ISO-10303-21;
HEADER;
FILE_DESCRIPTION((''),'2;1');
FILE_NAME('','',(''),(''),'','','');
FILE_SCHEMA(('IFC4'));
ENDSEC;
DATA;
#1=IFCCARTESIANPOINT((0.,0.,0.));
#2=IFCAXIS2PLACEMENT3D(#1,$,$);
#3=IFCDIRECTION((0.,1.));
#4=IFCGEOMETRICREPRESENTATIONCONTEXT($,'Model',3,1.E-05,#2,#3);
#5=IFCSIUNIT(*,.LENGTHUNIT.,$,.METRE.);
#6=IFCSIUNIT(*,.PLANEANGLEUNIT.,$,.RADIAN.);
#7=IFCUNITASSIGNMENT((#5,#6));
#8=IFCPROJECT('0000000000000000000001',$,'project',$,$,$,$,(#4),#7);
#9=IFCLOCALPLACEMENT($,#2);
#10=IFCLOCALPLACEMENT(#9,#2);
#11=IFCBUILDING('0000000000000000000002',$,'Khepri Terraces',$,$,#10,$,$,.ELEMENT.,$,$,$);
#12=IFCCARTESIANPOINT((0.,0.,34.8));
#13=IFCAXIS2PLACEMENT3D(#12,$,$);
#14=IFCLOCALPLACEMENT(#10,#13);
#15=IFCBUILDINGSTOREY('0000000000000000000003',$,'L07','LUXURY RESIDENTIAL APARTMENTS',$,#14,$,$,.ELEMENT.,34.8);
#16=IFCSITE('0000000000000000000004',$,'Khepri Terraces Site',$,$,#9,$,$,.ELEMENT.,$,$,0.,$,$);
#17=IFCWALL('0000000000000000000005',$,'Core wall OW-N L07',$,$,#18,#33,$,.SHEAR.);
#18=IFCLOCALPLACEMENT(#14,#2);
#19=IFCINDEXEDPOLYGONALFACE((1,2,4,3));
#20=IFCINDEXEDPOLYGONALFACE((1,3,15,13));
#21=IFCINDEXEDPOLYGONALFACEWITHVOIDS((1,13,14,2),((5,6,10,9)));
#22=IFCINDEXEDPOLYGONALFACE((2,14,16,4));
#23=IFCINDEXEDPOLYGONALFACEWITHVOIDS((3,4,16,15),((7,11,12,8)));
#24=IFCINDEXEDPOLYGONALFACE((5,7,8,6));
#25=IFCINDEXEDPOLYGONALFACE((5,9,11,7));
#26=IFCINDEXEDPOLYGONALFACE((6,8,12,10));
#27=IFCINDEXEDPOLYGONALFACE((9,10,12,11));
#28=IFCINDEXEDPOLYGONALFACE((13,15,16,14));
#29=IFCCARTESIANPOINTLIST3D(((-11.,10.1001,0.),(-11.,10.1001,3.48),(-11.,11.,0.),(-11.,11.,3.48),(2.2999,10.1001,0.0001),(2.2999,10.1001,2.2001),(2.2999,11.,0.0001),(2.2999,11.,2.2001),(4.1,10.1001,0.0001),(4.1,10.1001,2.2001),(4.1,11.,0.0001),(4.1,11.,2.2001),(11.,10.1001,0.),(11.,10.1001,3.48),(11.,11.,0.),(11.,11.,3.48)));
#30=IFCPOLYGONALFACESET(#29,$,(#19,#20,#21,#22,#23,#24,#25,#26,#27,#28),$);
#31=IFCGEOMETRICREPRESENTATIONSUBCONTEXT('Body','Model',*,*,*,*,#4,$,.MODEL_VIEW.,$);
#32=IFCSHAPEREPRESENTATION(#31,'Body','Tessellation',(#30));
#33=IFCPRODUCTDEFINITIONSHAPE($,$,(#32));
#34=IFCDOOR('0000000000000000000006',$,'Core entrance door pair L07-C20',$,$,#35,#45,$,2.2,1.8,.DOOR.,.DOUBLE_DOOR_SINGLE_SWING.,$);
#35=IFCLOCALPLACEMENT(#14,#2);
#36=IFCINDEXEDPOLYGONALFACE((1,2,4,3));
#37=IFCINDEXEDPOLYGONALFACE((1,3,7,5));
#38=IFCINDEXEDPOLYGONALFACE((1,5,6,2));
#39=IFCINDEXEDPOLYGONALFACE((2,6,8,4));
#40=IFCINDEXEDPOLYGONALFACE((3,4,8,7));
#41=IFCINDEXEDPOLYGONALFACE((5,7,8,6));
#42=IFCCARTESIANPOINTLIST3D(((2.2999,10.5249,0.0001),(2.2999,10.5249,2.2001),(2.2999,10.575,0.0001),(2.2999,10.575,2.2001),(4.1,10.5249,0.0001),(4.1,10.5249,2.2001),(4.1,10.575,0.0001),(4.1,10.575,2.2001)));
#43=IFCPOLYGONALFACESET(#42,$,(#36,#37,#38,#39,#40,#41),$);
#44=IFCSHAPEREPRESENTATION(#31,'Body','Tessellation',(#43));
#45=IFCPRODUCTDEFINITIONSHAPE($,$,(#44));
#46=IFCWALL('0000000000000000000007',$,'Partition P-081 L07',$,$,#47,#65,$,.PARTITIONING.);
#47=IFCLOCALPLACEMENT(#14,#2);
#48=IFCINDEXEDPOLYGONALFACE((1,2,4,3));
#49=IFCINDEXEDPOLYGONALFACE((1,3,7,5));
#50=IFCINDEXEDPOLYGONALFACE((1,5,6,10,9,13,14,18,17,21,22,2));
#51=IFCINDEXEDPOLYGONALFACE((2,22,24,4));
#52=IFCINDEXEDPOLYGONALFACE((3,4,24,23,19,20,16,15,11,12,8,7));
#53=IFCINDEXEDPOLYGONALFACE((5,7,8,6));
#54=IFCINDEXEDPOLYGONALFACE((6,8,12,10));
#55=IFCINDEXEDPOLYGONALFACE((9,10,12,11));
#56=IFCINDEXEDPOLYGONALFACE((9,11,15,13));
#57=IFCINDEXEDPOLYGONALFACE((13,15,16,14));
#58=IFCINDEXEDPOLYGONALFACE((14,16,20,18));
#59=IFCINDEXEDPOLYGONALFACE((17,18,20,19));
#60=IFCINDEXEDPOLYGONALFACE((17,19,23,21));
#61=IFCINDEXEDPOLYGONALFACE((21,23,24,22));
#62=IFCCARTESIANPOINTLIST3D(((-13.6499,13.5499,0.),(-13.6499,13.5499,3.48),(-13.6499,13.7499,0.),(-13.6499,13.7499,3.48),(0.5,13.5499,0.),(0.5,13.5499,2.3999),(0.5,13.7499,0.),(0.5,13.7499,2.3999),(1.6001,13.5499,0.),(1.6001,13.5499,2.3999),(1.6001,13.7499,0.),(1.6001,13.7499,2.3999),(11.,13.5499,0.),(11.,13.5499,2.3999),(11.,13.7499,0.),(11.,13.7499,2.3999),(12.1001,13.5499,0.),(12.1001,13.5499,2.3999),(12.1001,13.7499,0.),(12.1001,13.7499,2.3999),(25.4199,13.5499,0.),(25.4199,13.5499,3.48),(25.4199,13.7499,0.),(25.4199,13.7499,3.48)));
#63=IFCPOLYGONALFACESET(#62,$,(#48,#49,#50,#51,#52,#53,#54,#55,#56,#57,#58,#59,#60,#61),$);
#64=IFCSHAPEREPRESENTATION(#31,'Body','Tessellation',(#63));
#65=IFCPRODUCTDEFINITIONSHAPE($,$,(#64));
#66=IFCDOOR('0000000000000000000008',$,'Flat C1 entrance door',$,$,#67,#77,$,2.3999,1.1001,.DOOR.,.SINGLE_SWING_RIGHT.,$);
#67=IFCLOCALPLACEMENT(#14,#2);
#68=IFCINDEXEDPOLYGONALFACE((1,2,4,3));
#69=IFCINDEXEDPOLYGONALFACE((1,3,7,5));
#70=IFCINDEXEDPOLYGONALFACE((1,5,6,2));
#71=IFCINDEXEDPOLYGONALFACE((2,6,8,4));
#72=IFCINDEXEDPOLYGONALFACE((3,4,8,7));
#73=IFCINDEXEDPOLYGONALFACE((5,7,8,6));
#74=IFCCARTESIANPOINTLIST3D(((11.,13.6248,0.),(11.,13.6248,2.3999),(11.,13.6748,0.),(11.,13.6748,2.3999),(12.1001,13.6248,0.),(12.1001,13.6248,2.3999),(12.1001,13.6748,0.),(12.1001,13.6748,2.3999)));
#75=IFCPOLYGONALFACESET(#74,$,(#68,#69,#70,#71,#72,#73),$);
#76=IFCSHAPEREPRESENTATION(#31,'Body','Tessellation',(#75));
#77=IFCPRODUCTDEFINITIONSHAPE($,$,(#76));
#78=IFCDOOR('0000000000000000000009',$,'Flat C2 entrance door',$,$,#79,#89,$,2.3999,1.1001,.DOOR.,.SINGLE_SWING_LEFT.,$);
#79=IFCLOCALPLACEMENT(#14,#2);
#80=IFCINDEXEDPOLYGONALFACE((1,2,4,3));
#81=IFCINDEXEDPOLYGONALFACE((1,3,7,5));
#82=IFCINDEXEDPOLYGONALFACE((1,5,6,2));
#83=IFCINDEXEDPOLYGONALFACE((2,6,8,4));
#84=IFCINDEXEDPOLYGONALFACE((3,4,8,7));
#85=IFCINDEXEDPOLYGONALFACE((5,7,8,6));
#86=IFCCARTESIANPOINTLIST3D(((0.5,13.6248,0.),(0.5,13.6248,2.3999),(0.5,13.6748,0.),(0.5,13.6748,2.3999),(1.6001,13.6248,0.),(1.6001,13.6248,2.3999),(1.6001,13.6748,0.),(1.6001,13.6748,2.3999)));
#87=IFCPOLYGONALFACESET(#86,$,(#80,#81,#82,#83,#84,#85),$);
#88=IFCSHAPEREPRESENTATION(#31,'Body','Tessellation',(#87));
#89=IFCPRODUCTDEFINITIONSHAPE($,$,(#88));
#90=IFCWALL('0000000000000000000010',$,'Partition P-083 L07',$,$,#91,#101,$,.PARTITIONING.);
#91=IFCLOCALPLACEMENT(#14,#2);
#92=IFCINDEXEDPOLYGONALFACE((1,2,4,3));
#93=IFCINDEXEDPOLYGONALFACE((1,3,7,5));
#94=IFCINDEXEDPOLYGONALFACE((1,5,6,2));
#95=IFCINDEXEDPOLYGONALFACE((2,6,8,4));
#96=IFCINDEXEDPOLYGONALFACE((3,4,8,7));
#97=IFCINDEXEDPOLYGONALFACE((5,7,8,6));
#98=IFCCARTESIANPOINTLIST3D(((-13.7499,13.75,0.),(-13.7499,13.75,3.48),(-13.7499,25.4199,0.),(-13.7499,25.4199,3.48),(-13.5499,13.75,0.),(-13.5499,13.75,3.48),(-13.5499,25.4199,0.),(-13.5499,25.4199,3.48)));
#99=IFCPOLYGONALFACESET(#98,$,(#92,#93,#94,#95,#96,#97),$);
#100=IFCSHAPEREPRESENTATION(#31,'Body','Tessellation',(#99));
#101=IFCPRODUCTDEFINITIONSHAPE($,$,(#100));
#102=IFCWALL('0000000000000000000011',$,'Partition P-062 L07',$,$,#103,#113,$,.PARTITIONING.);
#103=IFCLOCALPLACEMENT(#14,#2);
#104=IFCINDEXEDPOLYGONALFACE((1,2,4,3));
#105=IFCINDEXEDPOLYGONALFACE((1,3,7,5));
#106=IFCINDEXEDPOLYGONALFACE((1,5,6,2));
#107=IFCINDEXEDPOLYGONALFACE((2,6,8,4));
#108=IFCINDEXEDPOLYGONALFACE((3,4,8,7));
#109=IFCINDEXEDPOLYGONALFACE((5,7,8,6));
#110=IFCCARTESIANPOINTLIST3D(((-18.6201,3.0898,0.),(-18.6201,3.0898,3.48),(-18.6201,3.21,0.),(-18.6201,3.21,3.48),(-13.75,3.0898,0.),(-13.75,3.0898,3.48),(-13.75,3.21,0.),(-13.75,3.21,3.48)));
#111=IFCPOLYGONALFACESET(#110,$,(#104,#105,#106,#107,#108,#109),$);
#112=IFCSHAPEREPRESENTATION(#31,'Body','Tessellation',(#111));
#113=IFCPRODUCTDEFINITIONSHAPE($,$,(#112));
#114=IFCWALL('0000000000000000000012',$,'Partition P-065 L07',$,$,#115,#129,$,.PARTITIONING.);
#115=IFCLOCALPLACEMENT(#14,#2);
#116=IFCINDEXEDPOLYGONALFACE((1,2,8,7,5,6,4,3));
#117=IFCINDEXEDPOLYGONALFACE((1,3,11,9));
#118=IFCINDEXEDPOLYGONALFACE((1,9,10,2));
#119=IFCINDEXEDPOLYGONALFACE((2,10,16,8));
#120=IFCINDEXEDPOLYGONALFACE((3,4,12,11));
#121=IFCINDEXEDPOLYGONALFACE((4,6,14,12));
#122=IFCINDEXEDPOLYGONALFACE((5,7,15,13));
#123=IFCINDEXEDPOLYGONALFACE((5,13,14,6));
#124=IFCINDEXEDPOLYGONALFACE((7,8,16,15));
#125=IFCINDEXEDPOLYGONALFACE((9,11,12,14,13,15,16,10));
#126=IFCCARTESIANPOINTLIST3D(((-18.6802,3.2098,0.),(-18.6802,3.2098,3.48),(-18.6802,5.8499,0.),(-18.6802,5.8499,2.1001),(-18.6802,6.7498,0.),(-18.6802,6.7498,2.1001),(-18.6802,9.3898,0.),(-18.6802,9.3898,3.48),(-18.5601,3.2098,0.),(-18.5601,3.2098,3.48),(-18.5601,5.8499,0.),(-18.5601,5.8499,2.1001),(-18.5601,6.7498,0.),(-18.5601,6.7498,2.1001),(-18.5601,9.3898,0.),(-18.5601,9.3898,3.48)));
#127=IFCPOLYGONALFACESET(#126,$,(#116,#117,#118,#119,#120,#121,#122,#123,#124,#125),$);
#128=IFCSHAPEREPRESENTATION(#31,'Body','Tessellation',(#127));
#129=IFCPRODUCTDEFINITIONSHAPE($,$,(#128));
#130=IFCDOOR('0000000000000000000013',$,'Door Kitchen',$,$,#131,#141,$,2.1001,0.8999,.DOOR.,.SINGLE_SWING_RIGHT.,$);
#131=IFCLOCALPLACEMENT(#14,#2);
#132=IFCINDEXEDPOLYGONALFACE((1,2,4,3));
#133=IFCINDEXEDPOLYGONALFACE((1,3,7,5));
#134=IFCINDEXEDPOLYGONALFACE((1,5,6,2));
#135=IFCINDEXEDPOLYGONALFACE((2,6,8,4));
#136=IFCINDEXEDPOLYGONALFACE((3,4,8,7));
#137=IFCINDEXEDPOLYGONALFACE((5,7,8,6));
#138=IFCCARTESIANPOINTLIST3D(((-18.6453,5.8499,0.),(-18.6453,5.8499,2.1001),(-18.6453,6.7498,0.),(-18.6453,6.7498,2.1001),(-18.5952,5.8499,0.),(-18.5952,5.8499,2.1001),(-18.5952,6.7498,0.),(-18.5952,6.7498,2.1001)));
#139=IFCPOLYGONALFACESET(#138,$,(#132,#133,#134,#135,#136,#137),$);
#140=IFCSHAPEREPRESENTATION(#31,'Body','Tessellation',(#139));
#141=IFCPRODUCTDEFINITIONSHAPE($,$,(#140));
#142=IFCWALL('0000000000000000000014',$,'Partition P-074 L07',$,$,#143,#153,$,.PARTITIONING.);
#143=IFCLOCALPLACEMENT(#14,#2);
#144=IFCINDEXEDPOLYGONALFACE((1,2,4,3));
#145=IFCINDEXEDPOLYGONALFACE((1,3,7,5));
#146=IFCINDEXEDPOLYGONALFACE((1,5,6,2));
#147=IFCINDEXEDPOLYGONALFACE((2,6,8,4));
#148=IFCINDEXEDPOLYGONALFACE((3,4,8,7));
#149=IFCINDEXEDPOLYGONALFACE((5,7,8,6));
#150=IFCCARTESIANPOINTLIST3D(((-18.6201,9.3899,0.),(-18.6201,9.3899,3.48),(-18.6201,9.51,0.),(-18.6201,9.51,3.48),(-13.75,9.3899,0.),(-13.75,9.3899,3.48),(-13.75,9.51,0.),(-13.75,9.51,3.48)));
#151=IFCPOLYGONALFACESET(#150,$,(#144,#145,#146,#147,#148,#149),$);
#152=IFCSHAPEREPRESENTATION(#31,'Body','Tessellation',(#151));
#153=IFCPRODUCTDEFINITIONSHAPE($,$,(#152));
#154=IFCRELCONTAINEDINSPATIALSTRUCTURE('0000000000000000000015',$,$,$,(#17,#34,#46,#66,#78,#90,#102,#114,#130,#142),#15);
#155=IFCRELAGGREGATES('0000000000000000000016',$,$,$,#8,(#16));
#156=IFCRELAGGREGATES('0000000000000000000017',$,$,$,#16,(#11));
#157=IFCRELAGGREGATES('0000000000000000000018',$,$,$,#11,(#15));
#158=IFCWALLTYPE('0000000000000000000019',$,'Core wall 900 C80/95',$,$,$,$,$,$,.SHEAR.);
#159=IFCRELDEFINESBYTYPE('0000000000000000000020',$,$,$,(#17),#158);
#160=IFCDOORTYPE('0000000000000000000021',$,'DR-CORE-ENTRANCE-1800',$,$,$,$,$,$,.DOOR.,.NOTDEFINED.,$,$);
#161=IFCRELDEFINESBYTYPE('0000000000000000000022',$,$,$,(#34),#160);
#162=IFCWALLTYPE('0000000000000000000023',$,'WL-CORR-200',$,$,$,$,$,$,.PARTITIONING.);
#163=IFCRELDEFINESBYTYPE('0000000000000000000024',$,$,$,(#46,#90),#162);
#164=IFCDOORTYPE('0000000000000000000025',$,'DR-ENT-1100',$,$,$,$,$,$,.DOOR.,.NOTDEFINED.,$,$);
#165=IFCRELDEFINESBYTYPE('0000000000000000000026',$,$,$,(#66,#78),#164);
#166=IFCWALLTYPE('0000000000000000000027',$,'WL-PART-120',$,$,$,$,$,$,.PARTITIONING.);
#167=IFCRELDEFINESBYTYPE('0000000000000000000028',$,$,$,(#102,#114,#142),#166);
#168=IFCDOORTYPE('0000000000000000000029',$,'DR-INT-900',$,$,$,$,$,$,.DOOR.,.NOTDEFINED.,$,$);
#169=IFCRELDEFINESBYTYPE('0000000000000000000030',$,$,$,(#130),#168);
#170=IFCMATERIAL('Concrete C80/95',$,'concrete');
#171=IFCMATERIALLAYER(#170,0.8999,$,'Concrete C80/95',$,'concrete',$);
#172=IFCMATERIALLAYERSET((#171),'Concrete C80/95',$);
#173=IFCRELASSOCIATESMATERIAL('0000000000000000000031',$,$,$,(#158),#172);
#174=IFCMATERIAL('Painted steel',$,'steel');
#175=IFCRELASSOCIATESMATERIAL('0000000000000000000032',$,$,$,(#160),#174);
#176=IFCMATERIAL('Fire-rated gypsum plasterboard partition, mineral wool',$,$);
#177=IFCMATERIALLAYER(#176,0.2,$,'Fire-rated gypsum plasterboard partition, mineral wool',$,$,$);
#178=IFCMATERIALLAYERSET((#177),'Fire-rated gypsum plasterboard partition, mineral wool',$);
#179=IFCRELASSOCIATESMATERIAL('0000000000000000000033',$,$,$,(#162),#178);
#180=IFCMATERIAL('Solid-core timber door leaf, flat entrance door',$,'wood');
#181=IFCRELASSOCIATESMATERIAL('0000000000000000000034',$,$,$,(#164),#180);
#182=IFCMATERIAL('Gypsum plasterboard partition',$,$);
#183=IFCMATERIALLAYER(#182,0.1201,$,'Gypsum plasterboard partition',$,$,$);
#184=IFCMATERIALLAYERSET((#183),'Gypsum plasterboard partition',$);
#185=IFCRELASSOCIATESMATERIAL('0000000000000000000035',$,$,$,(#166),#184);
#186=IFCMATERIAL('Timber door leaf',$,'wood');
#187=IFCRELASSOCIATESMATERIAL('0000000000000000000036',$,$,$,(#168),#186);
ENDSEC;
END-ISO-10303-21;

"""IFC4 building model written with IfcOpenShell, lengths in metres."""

from ifc_helpers import new_model, si_unit, direction, frame, frame_2d, origin, place, context, subcontext, project, spatial, rectangle, extrude, material, layer, layer_set, type_object, element, fill, save


model = new_model("IFC4")

# Units and contexts
model_context = context("Model", 3, precision=1e-05, world=origin(), true_north=direction((0.0, 1.0)))
body_context = subcontext(model_context, "Body", "Model", "MODEL_VIEW")
ifc_project = project(units=[si_unit("LENGTHUNIT", "METRE"), si_unit("PLANEANGLEUNIT", "RADIAN")], contexts=[model_context])

# Site, building, storey
site_placement = place(None, origin())
site = spatial("IfcSite", under=ifc_project, at=site_placement, Name="Khepri Terraces Site", CompositionType="ELEMENT", RefElevation=0.0)
building_placement = place(site_placement, origin())
building = spatial("IfcBuilding", under=site, at=building_placement, Name="Khepri Terraces", CompositionType="ELEMENT")
storey_placement = place(building_placement, frame((0.0, 0.0, 34.8)))
storey = spatial("IfcBuildingStorey", under=building, at=storey_placement, Name="L07", Description="LUXURY RESIDENTIAL APARTMENTS", CompositionType="ELEMENT", Elevation=34.8)

# Wall, opening, door
ifc_material_1 = material(Name="Concrete C80/95", Category="concrete")
ifc_layer_1 = layer(ifc_material_1, 0.8999, Name="Concrete C80/95", Category="concrete")
ifc_layer_set_1 = layer_set([ifc_layer_1], Name="Concrete C80/95")
wall_type_1 = type_object("IfcWallType", Name="Core wall 900 C80/95", PredefinedType="SHEAR", material=ifc_layer_set_1)
wall_1_placement = place(storey_placement, frame((-11.0, 10.55, 0.0), z_axis=(0.0, 0.0, 1.0), x_axis=(1.0, 0.0, 0.0)))
wall_1 = element("IfcWall", 1, at=wall_1_placement, inside=storey, type_object=wall_type_1, Name="Core wall OW-N L07", PredefinedType="SHEAR", context=body_context, shape_type="SweptSolid", body=[
    extrude(rectangle(XDim=22.0, YDim=0.8999, at=frame_2d((11.0, 0.0))), origin(), (0.0, 0.0, 1.0), 3.48),
])
opening_1_placement = place(wall_1_placement, frame((13.3, 0.0, 0.0)))
opening_1 = element("IfcOpeningElement", 2, at=opening_1_placement, cuts=wall_1, PredefinedType="OPENING", context=body_context, shape_type="SweptSolid", body=[
    extrude(rectangle(XDim=1.8, YDim=2.2, at=frame_2d((0.8999, 1.1001))), frame((0.0, 0.46, 0.0), z_axis=(0.0, -1.0, 0.0), x_axis=(1.0, 0.0, 0.0)), (0.0, 0.0, 1.0), 0.9199),
])
ifc_material_2 = material(Name="Painted steel", Category="steel")
door_type_1 = type_object("IfcDoorType", Name="DR-CORE-ENTRANCE-1800", OperationType="NOTDEFINED", PredefinedType="DOOR", material=ifc_material_2)
door_1_placement = place(opening_1_placement, origin())
door_1 = element("IfcDoor", 3, at=door_1_placement, inside=storey, type_object=door_type_1, Name="Core entrance door pair L07-C20", OperationType="DOUBLE_DOOR_SINGLE_SWING", OverallHeight=2.2, OverallWidth=1.8, PredefinedType="DOOR", context=body_context, shape_type="SweptSolid", body=[
    extrude(rectangle(XDim=1.8, YDim=2.2, at=frame_2d((0.8999, 1.1001))), frame((0.0, 0.0249, 0.0), z_axis=(0.0, -1.0, 0.0), x_axis=(1.0, 0.0, 0.0)), (0.0, 0.0, 1.0), 0.05),
])
fill(opening_1, door_1)

# Wall, openings, doors
ifc_material_3 = material(Name="Fire-rated gypsum plasterboard partition, mineral wool")
ifc_layer_2 = layer(ifc_material_3, 0.2, Name="Fire-rated gypsum plasterboard partition, mineral wool")
ifc_layer_set_2 = layer_set([ifc_layer_2], Name="Fire-rated gypsum plasterboard partition, mineral wool")
wall_type_2 = type_object("IfcWallType", Name="WL-CORR-200", PredefinedType="PARTITIONING", material=ifc_layer_set_2)
wall_2_placement = place(storey_placement, frame((-13.6499, 13.6499, 0.0), z_axis=(0.0, 0.0, 1.0), x_axis=(1.0, 0.0, 0.0)))
wall_2 = element("IfcWall", 4, at=wall_2_placement, inside=storey, type_object=wall_type_2, Name="Partition P-081 L07", PredefinedType="PARTITIONING", context=body_context, shape_type="SweptSolid", body=[
    extrude(rectangle(XDim=39.0698, YDim=0.2, at=frame_2d((19.5349, 0.0))), origin(), (0.0, 0.0, 1.0), 3.48),
])
opening_2_placement = place(wall_2_placement, frame((24.6499, 0.0, 0.0)))
opening_2 = element("IfcOpeningElement", 5, at=opening_2_placement, cuts=wall_2, PredefinedType="OPENING", context=body_context, shape_type="SweptSolid", body=[
    extrude(rectangle(XDim=1.1001, YDim=2.3999, at=frame_2d((0.55, 1.2))), frame((0.0, 0.1099, 0.0), z_axis=(0.0, -1.0, 0.0), x_axis=(1.0, 0.0, 0.0)), (0.0, 0.0, 1.0), 0.22),
])
opening_3_placement = place(wall_2_placement, frame((14.1499, 0.0, 0.0)))
opening_3 = element("IfcOpeningElement", 6, at=opening_3_placement, cuts=wall_2, PredefinedType="OPENING", context=body_context, shape_type="SweptSolid", body=[
    extrude(rectangle(XDim=1.1001, YDim=2.3999, at=frame_2d((0.55, 1.2))), frame((0.0, 0.1099, 0.0), z_axis=(0.0, -1.0, 0.0), x_axis=(1.0, 0.0, 0.0)), (0.0, 0.0, 1.0), 0.22),
])
ifc_material_4 = material(Name="Solid-core timber door leaf, flat entrance door", Category="wood")
door_type_2 = type_object("IfcDoorType", Name="DR-ENT-1100", OperationType="NOTDEFINED", PredefinedType="DOOR", material=ifc_material_4)
door_2_placement = place(opening_2_placement, origin())
door_2 = element("IfcDoor", 7, at=door_2_placement, inside=storey, type_object=door_type_2, Name="Flat C1 entrance door", OperationType="SINGLE_SWING_RIGHT", OverallHeight=2.3999, OverallWidth=1.1001, PredefinedType="DOOR", context=body_context, shape_type="SweptSolid", body=[
    extrude(rectangle(XDim=1.1001, YDim=2.3999, at=frame_2d((0.55, 1.2))), frame((0.0, 0.0249, 0.0), z_axis=(0.0, -1.0, 0.0), x_axis=(1.0, 0.0, 0.0)), (0.0, 0.0, 1.0), 0.05),
])
fill(opening_2, door_2)
door_3_placement = place(opening_3_placement, origin())
door_3 = element("IfcDoor", 8, at=door_3_placement, inside=storey, type_object=door_type_2, Name="Flat C2 entrance door", OperationType="SINGLE_SWING_LEFT", OverallHeight=2.3999, OverallWidth=1.1001, PredefinedType="DOOR", context=body_context, shape_type="SweptSolid", body=[
    extrude(rectangle(XDim=1.1001, YDim=2.3999, at=frame_2d((0.55, 1.2))), frame((0.0, 0.0249, 0.0), z_axis=(0.0, -1.0, 0.0), x_axis=(1.0, 0.0, 0.0)), (0.0, 0.0, 1.0), 0.05),
])
fill(opening_3, door_3)

# Walls
wall_3_placement = place(storey_placement, frame((-13.6499, 13.75, 0.0), z_axis=(0.0, 0.0, 1.0), x_axis=(0.0, 1.0, 0.0)))
element("IfcWall", 9, at=wall_3_placement, inside=storey, type_object=wall_type_2, Name="Partition P-083 L07", PredefinedType="PARTITIONING", context=body_context, shape_type="SweptSolid", body=[
    extrude(rectangle(XDim=11.6699, YDim=0.2, at=frame_2d((5.835, 0.0))), origin(), (0.0, 0.0, 1.0), 3.48),
])
ifc_material_5 = material(Name="Gypsum plasterboard partition")
ifc_layer_3 = layer(ifc_material_5, 0.1201, Name="Gypsum plasterboard partition")
ifc_layer_set_3 = layer_set([ifc_layer_3], Name="Gypsum plasterboard partition")
wall_type_3 = type_object("IfcWallType", Name="WL-PART-120", PredefinedType="PARTITIONING", material=ifc_layer_set_3)
wall_4_placement = place(storey_placement, frame((-18.6201, 3.1499, 0.0), z_axis=(0.0, 0.0, 1.0), x_axis=(1.0, 0.0, 0.0)))
element("IfcWall", 10, at=wall_4_placement, inside=storey, type_object=wall_type_3, Name="Partition P-062 L07", PredefinedType="PARTITIONING", context=body_context, shape_type="SweptSolid", body=[
    extrude(rectangle(XDim=4.8701, YDim=0.1201, at=frame_2d((2.4351, 0.0))), origin(), (0.0, 0.0, 1.0), 3.48),
])

# Wall, opening, door
wall_5_placement = place(storey_placement, frame((-18.6201, 3.21, 0.0), z_axis=(0.0, 0.0, 1.0), x_axis=(0.0, 1.0, 0.0)))
wall_5 = element("IfcWall", 11, at=wall_5_placement, inside=storey, type_object=wall_type_3, Name="Partition P-065 L07", PredefinedType="PARTITIONING", context=body_context, shape_type="SweptSolid", body=[
    extrude(rectangle(XDim=6.1799, YDim=0.1201, at=frame_2d((3.0898, 0.0))), origin(), (0.0, 0.0, 1.0), 3.48),
])
opening_4_placement = place(wall_5_placement, frame((2.6399, 0.0, 0.0)))
opening_4 = element("IfcOpeningElement", 12, at=opening_4_placement, cuts=wall_5, PredefinedType="OPENING", context=body_context, shape_type="SweptSolid", body=[
    extrude(rectangle(XDim=0.8999, YDim=2.1001, at=frame_2d((0.45, 1.05))), frame((0.0, 0.0701, 0.0), z_axis=(0.0, -1.0, 0.0), x_axis=(1.0, 0.0, 0.0)), (0.0, 0.0, 1.0), 0.1401),
])
ifc_material_6 = material(Name="Timber door leaf", Category="wood")
door_type_3 = type_object("IfcDoorType", Name="DR-INT-900", OperationType="NOTDEFINED", PredefinedType="DOOR", material=ifc_material_6)
door_4_placement = place(opening_4_placement, frame((0.8999, 0.0, 0.0), z_axis=(0.0, 0.0, 1.0), x_axis=(-1.0, 0.0, 0.0)))
door_4 = element("IfcDoor", 13, at=door_4_placement, inside=storey, type_object=door_type_3, Name="Door Kitchen", OperationType="SINGLE_SWING_RIGHT", OverallHeight=2.1001, OverallWidth=0.8999, PredefinedType="DOOR", context=body_context, shape_type="SweptSolid", body=[
    extrude(rectangle(XDim=0.8999, YDim=2.1001, at=frame_2d((0.45, 1.05))), frame((0.0, 0.0249, 0.0), z_axis=(0.0, -1.0, 0.0), x_axis=(1.0, 0.0, 0.0)), (0.0, 0.0, 1.0), 0.05),
])
fill(opening_4, door_4)

# Wall
wall_6_placement = place(storey_placement, frame((-18.6201, 9.45, 0.0), z_axis=(0.0, 0.0, 1.0), x_axis=(1.0, 0.0, 0.0)))
element("IfcWall", 14, at=wall_6_placement, inside=storey, type_object=wall_type_3, Name="Partition P-074 L07", PredefinedType="PARTITIONING", context=body_context, shape_type="SweptSolid", body=[
    extrude(rectangle(XDim=4.8701, YDim=0.1201, at=frame_2d((2.4351, 0.0))), origin(), (0.0, 0.0, 1.0), 3.48),
])

save(model, "model.ifc")
